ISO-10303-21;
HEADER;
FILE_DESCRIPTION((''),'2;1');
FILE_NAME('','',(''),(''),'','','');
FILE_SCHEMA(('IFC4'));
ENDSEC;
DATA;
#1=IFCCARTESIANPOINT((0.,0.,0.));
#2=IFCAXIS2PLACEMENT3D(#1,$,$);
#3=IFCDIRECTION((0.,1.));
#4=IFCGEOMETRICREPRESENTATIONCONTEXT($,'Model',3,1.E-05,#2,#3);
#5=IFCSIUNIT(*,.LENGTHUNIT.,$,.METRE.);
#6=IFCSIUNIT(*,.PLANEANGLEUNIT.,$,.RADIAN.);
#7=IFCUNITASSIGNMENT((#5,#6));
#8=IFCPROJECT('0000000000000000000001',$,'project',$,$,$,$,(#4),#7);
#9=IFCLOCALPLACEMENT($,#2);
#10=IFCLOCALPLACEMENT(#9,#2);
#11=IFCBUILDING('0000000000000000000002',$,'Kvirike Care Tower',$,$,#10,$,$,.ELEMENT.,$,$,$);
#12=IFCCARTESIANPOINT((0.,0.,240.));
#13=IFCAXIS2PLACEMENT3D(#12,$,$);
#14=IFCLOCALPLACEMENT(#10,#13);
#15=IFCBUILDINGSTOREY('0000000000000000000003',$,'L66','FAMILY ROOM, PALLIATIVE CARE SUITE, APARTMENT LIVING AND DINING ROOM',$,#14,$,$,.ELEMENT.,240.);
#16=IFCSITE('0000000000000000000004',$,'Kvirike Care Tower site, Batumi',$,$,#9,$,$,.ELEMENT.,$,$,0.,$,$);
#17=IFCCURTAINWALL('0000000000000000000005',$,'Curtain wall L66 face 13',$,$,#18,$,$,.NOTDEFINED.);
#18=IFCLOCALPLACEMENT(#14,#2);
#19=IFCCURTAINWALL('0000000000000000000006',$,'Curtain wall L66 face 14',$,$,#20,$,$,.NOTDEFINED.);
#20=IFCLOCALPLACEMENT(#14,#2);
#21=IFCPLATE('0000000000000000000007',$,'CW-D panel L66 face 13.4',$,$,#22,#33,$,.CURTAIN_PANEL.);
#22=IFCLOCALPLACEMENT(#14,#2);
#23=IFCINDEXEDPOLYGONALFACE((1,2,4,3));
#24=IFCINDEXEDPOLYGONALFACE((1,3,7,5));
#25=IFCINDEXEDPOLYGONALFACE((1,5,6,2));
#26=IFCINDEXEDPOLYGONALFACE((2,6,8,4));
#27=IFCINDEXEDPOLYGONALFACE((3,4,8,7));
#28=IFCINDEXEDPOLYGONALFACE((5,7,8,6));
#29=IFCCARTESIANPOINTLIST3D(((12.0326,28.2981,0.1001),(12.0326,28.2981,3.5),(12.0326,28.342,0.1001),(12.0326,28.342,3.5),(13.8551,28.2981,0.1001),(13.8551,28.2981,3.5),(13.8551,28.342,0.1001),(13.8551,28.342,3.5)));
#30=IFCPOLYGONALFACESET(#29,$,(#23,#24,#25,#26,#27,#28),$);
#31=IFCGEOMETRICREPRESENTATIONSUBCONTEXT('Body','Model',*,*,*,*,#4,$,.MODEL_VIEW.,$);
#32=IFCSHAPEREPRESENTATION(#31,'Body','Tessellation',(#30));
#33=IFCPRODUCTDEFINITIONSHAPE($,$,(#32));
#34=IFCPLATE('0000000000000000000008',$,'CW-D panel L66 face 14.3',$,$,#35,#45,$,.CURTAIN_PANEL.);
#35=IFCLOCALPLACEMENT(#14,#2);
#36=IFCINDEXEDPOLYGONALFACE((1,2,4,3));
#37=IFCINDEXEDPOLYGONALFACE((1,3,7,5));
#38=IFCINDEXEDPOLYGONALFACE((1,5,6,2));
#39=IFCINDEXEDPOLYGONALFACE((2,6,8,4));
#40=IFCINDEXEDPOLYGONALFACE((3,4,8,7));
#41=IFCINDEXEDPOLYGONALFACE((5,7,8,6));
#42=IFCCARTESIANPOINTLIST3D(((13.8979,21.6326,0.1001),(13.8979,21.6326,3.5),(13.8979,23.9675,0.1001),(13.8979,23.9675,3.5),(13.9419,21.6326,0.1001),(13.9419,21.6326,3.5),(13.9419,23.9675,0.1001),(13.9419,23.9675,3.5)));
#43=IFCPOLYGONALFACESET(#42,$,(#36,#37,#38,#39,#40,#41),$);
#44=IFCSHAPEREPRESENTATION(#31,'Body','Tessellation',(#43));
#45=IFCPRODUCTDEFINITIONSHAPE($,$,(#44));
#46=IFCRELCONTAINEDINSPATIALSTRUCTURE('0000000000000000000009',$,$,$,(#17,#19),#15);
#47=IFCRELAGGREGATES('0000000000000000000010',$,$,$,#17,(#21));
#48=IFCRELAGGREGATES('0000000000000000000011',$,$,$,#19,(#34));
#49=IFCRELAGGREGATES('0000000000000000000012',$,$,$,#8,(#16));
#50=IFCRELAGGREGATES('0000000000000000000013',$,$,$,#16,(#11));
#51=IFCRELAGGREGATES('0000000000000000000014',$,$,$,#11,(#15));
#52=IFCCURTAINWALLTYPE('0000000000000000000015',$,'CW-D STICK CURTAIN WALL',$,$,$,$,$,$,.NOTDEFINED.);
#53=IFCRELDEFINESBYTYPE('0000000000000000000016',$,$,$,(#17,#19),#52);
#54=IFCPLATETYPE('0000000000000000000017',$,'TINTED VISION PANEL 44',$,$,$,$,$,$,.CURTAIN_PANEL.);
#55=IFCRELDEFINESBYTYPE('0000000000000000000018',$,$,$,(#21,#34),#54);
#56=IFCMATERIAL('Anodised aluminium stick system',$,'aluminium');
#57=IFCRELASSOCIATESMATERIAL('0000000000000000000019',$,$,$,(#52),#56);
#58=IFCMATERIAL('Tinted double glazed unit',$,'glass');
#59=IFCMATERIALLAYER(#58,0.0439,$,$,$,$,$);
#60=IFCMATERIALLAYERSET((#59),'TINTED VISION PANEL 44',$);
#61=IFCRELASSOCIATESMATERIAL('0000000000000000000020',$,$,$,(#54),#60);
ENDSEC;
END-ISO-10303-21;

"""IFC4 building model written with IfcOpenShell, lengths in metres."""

from ifc_helpers import new_model, si_unit, direction, frame, origin, origin_2d, place, context, subcontext, project, spatial, rectangle, extrude, material, layer, layer_set, type_object, element, aggregate, save


model = new_model("IFC4")

# Units and contexts
model_context = context("Model", 3, precision=1e-05, world=origin(), true_north=direction((0.0, 1.0)))
body_context = subcontext(model_context, "Body", "Model", "MODEL_VIEW")
ifc_project = project(units=[si_unit("LENGTHUNIT", "METRE"), si_unit("PLANEANGLEUNIT", "RADIAN")], contexts=[model_context])

# Site, building, storey
site_placement = place(None, origin())
site = spatial("IfcSite", under=ifc_project, at=site_placement, Name="Kvirike Care Tower site, Batumi", CompositionType="ELEMENT", RefElevation=0.0)
building_placement = place(site_placement, origin())
building = spatial("IfcBuilding", under=site, at=building_placement, Name="Kvirike Care Tower", CompositionType="ELEMENT")
storey_placement = place(building_placement, frame((0.0, 0.0, 240.0)))
storey = spatial("IfcBuildingStorey", under=building, at=storey_placement, Name="L66", Description="FAMILY ROOM, PALLIATIVE CARE SUITE, APARTMENT LIVING AND DINING ROOM", CompositionType="ELEMENT", Elevation=240.0)

# Curtain walls
ifc_material_1 = material(Name="Anodised aluminium stick system", Category="aluminium")
curtain_wall_type = type_object("IfcCurtainWallType", Name="CW-D STICK CURTAIN WALL", PredefinedType="NOTDEFINED", material=ifc_material_1)
curtain_wall_1_placement = place(storey_placement, origin())
curtain_wall_1 = element("IfcCurtainWall", 1, at=curtain_wall_1_placement, inside=storey, type_object=curtain_wall_type, Name="Curtain wall L66 face 13", PredefinedType="NOTDEFINED")
curtain_wall_2_placement = place(storey_placement, origin())
curtain_wall_2 = element("IfcCurtainWall", 2, at=curtain_wall_2_placement, inside=storey, type_object=curtain_wall_type, Name="Curtain wall L66 face 14", PredefinedType="NOTDEFINED")

# Plates
ifc_material_2 = material(Name="Tinted double glazed unit", Category="glass")
ifc_layer = layer(ifc_material_2, 0.0439)
ifc_layer_set = layer_set([ifc_layer], Name="TINTED VISION PANEL 44")
plate_type = type_object("IfcPlateType", Name="TINTED VISION PANEL 44", PredefinedType="CURTAIN_PANEL", material=ifc_layer_set)
plate_1_placement = place(storey_placement, frame((12.9438, 28.3201, 0.1001), z_axis=(0.0, 0.0, 1.0), x_axis=(1.0, 0.0, 0.0)))
plate_1 = element("IfcPlate", 3, at=plate_1_placement, type_object=plate_type, Name="CW-D panel L66 face 13.4", PredefinedType="CURTAIN_PANEL", context=body_context, shape_type="SweptSolid", body=[
    extrude(rectangle(XDim=1.8225, YDim=0.0439, at=origin_2d()), origin(), (0.0, 0.0, 1.0), 3.3999),
])
aggregate(curtain_wall_1, [plate_1])
plate_2_placement = place(storey_placement, frame((13.9199, 22.8, 0.1001), z_axis=(0.0, 0.0, 1.0), x_axis=(0.0, -1.0, 0.0)))
plate_2 = element("IfcPlate", 4, at=plate_2_placement, type_object=plate_type, Name="CW-D panel L66 face 14.3", PredefinedType="CURTAIN_PANEL", context=body_context, shape_type="SweptSolid", body=[
    extrude(rectangle(XDim=2.335, YDim=0.0439, at=origin_2d()), origin(), (0.0, 0.0, 1.0), 3.3999),
])
aggregate(curtain_wall_2, [plate_2])

save(model, "model.ifc")
